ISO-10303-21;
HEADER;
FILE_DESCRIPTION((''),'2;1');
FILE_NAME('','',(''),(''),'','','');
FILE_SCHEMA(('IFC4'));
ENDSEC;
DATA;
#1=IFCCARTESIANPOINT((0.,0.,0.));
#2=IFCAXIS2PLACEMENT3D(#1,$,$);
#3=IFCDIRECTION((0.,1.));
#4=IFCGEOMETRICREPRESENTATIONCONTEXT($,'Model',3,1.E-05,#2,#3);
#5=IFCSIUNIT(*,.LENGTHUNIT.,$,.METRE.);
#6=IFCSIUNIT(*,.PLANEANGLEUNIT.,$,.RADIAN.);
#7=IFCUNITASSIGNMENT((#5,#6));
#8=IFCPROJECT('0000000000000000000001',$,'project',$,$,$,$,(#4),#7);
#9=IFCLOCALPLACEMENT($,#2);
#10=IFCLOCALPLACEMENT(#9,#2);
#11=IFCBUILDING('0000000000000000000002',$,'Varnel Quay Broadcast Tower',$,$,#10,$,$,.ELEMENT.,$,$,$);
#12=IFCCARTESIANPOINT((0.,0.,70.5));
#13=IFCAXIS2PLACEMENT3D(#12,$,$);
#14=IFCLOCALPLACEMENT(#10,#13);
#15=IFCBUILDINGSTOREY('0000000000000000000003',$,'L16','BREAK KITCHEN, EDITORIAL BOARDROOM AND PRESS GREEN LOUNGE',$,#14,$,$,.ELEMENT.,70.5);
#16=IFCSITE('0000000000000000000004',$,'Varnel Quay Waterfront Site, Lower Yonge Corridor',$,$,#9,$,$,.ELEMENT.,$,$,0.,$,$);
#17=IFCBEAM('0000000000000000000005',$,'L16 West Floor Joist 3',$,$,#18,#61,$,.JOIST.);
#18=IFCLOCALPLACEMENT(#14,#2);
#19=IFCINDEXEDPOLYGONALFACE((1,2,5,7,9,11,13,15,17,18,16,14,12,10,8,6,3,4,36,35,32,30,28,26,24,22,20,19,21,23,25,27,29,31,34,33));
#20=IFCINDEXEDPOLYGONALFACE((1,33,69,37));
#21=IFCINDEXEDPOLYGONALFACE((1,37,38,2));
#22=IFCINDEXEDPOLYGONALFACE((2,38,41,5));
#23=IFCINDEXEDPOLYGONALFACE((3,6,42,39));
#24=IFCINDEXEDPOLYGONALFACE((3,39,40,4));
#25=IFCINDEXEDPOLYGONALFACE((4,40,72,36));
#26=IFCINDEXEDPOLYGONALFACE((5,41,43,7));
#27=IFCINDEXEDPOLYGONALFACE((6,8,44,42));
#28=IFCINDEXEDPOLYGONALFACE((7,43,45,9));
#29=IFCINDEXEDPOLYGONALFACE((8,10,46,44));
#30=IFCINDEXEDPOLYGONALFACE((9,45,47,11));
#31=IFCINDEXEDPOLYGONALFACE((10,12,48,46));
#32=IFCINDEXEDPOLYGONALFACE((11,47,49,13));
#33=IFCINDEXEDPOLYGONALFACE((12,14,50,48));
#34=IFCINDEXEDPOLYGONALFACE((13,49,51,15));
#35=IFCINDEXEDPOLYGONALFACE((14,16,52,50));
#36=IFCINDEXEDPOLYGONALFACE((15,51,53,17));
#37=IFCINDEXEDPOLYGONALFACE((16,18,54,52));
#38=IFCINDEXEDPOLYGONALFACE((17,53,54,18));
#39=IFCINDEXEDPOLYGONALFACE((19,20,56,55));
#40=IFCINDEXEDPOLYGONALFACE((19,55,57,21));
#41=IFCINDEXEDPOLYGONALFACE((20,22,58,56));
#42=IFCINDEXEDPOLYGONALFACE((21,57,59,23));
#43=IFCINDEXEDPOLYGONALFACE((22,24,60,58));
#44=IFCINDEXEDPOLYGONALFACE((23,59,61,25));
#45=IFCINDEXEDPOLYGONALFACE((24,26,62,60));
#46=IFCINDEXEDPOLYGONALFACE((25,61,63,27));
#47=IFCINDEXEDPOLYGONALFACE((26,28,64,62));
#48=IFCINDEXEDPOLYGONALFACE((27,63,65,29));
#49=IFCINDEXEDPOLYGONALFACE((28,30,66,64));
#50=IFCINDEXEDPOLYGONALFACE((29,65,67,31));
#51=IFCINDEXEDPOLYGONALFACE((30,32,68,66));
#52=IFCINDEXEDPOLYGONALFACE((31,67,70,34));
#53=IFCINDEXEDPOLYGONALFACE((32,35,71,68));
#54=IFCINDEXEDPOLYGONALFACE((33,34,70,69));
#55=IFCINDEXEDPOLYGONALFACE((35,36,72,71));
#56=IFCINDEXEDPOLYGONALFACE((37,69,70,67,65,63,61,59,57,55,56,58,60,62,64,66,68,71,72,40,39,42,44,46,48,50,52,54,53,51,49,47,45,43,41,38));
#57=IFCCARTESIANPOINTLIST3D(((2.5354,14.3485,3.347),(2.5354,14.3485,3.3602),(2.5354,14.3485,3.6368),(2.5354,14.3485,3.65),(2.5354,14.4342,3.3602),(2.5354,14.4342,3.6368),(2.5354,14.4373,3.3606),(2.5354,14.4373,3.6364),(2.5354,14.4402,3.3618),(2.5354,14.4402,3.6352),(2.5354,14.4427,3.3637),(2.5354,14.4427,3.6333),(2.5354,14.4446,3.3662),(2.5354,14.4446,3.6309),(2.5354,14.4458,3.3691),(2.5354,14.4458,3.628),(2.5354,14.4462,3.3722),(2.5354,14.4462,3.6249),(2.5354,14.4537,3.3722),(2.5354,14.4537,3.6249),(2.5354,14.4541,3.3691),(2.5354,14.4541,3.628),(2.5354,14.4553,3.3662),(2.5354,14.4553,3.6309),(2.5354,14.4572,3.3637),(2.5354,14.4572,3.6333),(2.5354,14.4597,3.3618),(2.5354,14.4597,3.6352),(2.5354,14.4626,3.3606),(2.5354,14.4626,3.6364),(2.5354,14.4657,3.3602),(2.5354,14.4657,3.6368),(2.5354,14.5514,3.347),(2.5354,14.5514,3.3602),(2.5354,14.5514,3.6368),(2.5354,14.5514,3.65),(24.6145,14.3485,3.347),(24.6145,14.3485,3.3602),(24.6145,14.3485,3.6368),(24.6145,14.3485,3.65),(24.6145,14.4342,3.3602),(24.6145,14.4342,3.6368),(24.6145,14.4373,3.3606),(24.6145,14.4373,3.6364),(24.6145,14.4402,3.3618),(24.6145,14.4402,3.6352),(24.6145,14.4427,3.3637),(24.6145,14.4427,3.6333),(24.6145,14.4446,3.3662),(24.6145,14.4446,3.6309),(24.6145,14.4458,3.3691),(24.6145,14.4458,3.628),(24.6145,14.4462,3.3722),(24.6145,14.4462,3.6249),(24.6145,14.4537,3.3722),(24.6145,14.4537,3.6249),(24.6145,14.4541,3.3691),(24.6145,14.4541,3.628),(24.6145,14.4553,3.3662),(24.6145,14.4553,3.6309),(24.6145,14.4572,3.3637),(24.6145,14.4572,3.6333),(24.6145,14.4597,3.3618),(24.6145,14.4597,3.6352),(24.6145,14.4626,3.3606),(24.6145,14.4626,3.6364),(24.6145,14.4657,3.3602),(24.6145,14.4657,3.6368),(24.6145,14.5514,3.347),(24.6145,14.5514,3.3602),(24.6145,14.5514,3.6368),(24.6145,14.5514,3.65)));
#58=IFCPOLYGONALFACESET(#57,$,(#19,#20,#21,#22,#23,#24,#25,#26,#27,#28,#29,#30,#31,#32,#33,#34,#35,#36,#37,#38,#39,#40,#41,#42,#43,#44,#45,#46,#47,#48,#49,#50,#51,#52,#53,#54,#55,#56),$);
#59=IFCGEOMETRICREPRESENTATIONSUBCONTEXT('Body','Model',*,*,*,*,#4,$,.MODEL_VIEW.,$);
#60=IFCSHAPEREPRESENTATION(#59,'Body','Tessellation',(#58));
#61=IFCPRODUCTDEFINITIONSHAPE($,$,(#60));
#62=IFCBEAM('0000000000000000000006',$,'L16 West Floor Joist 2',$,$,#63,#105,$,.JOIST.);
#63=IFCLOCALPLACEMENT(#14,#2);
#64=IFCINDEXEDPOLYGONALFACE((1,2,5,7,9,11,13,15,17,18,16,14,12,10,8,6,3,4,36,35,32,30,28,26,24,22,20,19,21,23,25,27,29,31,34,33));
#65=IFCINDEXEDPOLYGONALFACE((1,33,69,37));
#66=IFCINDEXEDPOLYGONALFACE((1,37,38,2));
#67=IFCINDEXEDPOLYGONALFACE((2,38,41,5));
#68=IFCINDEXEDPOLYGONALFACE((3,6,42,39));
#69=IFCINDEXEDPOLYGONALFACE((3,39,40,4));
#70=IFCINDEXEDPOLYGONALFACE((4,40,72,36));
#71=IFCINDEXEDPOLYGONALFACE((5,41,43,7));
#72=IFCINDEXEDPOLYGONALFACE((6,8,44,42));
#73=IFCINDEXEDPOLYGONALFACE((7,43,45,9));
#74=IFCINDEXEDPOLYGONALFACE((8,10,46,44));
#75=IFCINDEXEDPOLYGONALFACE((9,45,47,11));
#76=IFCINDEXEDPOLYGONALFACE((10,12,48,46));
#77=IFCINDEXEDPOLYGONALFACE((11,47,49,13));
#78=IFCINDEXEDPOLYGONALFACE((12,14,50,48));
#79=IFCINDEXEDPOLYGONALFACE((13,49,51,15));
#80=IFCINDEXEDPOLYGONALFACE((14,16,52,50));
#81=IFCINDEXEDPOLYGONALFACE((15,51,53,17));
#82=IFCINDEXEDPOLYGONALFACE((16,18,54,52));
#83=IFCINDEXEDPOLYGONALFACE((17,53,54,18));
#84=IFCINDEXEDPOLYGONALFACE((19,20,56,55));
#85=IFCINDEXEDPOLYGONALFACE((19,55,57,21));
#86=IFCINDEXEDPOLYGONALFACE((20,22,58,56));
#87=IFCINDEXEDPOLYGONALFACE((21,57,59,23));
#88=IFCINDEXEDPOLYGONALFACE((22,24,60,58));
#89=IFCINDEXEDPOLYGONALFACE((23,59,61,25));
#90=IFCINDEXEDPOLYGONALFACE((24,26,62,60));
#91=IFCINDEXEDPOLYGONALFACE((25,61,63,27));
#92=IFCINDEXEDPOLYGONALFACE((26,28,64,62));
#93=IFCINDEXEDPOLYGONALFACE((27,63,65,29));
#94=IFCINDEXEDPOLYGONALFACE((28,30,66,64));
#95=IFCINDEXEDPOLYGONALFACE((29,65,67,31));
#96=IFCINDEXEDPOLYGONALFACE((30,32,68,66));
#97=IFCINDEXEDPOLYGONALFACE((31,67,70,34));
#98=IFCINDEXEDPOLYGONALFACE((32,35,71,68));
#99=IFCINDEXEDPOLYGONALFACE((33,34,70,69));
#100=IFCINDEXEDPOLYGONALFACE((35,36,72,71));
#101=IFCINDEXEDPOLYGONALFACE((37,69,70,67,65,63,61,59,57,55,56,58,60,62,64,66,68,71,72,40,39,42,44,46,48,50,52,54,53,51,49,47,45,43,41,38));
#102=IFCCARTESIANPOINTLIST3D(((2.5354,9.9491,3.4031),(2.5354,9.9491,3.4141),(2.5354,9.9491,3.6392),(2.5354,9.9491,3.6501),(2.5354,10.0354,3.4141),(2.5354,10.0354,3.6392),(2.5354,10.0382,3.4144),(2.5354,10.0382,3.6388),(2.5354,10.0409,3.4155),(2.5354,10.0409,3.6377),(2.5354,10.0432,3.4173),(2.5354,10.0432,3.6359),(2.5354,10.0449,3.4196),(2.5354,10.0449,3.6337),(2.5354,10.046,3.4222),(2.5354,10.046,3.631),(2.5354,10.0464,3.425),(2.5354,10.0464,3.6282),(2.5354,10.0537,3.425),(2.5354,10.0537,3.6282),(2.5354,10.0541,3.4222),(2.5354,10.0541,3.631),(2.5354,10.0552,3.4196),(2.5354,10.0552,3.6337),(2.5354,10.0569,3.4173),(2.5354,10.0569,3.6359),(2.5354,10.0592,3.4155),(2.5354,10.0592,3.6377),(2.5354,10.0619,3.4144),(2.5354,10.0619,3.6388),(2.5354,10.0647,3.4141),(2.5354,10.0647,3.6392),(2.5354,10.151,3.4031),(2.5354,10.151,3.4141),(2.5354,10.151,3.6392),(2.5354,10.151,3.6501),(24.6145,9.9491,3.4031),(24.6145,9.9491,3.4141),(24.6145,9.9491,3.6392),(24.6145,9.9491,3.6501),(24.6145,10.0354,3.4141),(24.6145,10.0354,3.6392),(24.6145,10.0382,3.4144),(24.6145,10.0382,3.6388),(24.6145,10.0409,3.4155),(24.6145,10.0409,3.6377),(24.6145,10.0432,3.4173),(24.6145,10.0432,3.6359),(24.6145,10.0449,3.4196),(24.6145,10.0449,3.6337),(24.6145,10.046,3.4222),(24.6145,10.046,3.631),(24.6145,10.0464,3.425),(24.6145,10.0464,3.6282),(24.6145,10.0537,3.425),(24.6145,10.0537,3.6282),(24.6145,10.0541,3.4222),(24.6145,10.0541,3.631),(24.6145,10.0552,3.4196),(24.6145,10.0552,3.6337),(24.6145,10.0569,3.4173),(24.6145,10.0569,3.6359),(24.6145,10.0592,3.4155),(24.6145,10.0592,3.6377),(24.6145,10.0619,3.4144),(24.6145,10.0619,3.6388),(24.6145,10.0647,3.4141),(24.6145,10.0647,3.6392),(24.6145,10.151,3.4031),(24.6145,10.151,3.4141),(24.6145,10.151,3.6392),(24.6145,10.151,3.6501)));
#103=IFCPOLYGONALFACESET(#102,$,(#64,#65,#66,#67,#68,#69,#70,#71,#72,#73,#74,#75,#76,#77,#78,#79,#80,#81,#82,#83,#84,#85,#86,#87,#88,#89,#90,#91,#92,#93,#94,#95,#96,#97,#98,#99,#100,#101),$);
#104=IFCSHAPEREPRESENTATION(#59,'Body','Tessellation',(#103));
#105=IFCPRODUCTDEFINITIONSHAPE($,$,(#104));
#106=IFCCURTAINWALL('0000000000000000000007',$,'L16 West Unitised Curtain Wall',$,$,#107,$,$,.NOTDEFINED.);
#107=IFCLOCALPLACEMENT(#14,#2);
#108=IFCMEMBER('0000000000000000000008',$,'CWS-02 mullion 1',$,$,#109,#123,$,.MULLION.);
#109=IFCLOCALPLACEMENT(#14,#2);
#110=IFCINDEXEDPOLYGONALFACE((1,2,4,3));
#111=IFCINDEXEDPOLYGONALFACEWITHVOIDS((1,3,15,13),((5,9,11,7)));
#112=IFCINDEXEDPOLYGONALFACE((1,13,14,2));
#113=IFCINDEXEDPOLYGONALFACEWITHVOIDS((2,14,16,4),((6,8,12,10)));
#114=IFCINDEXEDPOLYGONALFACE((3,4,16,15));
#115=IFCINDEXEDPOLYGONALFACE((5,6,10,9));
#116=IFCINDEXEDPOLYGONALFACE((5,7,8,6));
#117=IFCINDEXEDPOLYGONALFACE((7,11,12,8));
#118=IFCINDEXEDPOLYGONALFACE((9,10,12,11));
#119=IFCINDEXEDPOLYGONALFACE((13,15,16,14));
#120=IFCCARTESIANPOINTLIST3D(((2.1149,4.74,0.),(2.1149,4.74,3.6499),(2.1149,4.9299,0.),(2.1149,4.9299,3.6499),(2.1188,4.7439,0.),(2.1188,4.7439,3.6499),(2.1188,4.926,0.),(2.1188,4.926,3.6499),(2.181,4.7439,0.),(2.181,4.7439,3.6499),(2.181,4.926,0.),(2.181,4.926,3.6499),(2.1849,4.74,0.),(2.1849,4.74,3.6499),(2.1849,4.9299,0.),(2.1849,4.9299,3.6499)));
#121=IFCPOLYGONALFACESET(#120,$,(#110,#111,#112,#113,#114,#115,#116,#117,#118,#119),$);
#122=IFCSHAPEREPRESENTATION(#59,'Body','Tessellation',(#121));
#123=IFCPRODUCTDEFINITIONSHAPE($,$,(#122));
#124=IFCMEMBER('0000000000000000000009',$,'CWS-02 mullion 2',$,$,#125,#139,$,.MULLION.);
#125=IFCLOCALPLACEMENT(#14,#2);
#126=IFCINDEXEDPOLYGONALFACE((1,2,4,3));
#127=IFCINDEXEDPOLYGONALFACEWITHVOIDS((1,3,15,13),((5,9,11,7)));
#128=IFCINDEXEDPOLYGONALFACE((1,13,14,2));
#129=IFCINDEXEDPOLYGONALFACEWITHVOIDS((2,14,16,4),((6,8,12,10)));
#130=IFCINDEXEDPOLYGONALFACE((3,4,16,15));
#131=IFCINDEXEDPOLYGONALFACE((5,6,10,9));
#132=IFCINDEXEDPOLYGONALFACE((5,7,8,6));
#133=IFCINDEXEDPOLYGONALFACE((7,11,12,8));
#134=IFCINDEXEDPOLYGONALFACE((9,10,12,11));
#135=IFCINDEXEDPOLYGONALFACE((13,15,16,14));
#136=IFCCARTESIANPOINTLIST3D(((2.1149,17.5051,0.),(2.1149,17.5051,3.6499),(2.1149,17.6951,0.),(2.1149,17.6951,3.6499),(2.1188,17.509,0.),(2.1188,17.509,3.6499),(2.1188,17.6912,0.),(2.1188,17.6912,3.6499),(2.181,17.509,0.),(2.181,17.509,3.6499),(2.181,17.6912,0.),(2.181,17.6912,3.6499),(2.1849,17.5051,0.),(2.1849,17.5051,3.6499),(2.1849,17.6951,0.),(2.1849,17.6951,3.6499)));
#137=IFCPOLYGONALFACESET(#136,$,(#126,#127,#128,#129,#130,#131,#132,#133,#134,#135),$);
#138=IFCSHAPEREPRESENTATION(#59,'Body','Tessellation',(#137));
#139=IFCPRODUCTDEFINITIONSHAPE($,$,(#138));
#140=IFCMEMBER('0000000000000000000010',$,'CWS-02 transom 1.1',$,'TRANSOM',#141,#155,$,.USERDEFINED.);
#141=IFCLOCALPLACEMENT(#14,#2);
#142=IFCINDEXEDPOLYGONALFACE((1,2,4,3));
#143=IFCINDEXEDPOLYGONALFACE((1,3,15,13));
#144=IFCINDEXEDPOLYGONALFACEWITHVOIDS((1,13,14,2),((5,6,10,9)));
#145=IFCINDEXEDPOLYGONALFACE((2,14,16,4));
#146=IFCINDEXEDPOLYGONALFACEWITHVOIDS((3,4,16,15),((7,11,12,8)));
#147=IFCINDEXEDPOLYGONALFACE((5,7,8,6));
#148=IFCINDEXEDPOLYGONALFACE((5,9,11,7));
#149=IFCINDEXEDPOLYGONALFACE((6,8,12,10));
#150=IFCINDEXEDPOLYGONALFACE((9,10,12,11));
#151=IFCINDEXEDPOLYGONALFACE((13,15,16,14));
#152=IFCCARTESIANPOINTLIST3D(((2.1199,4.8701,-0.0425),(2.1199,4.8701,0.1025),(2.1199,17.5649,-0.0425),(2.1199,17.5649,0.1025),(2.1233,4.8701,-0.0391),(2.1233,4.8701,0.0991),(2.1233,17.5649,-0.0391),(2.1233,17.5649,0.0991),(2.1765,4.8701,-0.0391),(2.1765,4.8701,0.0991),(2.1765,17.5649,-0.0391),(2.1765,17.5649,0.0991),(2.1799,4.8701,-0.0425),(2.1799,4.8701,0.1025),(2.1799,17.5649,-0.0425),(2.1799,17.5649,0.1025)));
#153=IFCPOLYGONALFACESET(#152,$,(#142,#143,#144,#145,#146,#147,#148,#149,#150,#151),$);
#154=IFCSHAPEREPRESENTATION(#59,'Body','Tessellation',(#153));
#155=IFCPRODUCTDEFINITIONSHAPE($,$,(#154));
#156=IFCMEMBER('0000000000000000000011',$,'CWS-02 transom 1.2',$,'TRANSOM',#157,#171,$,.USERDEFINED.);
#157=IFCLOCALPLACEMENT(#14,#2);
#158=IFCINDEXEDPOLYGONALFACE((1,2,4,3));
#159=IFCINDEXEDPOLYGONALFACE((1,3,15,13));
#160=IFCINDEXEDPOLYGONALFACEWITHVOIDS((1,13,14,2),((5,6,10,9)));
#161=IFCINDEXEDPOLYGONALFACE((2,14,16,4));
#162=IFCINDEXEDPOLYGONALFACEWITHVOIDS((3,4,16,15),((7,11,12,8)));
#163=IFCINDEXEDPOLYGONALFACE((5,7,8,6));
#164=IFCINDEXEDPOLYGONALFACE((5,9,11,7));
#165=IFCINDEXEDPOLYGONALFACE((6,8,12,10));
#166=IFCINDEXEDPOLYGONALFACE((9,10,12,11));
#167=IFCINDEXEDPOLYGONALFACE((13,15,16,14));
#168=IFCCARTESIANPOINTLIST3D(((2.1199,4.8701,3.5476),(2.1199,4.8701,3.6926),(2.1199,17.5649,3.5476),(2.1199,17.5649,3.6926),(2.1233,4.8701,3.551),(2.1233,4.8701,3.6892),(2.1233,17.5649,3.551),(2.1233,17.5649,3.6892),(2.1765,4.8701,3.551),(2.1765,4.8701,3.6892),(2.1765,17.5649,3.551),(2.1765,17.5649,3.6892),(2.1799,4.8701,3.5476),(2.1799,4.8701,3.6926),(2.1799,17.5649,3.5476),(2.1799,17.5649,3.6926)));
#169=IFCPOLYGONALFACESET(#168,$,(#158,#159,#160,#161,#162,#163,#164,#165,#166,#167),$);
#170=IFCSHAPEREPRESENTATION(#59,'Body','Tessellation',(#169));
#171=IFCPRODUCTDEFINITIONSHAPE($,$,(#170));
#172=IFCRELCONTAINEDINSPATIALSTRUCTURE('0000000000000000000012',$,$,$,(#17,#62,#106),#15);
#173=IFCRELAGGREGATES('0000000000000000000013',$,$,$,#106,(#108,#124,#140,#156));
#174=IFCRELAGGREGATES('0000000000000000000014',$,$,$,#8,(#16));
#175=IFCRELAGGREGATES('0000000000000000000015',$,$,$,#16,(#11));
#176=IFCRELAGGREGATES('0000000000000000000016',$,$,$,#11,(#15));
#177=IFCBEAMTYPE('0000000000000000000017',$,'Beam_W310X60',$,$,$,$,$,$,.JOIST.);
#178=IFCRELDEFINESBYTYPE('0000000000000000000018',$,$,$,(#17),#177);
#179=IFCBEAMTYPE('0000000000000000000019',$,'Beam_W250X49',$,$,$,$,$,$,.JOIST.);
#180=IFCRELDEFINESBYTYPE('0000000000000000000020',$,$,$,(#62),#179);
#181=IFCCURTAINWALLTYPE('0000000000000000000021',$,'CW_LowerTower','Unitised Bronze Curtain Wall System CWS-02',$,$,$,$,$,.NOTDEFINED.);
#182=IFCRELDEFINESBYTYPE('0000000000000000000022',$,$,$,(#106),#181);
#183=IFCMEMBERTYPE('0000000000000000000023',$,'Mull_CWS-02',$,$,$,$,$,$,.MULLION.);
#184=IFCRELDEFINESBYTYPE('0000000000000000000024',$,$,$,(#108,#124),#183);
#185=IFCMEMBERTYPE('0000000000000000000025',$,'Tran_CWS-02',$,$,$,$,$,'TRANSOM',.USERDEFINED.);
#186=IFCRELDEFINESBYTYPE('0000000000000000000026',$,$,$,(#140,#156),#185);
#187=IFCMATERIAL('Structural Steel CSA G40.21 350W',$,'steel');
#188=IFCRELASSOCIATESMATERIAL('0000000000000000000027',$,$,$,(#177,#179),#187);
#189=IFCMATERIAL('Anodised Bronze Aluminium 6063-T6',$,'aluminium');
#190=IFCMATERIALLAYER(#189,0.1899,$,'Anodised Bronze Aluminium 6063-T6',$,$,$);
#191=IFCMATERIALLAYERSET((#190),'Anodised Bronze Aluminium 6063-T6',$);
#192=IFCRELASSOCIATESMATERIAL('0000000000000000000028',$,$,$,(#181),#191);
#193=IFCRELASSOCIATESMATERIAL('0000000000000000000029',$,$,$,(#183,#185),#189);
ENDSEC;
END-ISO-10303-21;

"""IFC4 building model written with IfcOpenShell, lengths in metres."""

from ifc_helpers import new_model, si_unit, direction, frame, origin, origin_2d, place, context, subcontext, project, spatial, hollow_rectangle, i_section, extrude, source, transform, mapped, material, layer, layer_set, material_profile, profile_set, type_object, type_shapes, element, aggregate, save


model = new_model("IFC4")

# Units and contexts
model_context = context("Model", 3, precision=1e-05, world=origin(), true_north=direction((0.0, 1.0)))
body_context = subcontext(model_context, "Body", "Model", "MODEL_VIEW")
ifc_project = project(units=[si_unit("LENGTHUNIT", "METRE"), si_unit("PLANEANGLEUNIT", "RADIAN")], contexts=[model_context])

# Site, building, storey
site_placement = place(None, origin())
site = spatial("IfcSite", under=ifc_project, at=site_placement, Name="Varnel Quay Waterfront Site, Lower Yonge Corridor", CompositionType="ELEMENT", RefElevation=0.0)
building_placement = place(site_placement, origin())
building = spatial("IfcBuilding", under=site, at=building_placement, Name="Varnel Quay Broadcast Tower", CompositionType="ELEMENT")
storey_placement = place(building_placement, frame((0.0, 0.0, 70.5)))
storey = spatial("IfcBuildingStorey", under=building, at=storey_placement, Name="L16", Description="BREAK KITCHEN, EDITORIAL BOARDROOM AND PRESS GREEN LOUNGE", CompositionType="ELEMENT", Elevation=70.5)

# Shared definitions
ifc_material_1 = material(Name="Structural Steel CSA G40.21 350W", Category="steel")

# Beams
ifc_material_profile_1 = material_profile(ifc_material_1, i_section(OverallWidth=0.2029, OverallDepth=0.303, WebThickness=0.0076, FlangeThickness=0.0132, FilletRadius=0.012, at=origin_2d()), Name="W310X60")
ifc_profile_set_1 = profile_set([ifc_material_profile_1], Name="Structural Steel CSA G40.21 350W")
beam_type_1 = type_object("IfcBeamType", Name="Beam_W310X60", PredefinedType="JOIST", material=ifc_profile_set_1)
shared_shape_1 = source(origin(), body_context, "Body", "SweptSolid", [
    extrude(i_section(OverallWidth=0.2029, OverallDepth=0.303, WebThickness=0.0076, FlangeThickness=0.0132, FilletRadius=0.012, at=origin_2d()), origin(), (0.0, 0.0, 1.0), 22.0791),
])
type_shapes(beam_type_1, [shared_shape_1])
for number, where, z_axis, x_axis, name in (
    (1, (2.5354, 14.45, 3.4985), (1.0, 0.0, 0.0), (0.0, 1.0, 0.0), "L16 West Floor Joist 3"),
):
    element("IfcBeam", number, at=place(storey_placement, frame(where, z_axis=z_axis, x_axis=x_axis)), inside=storey, type_object=beam_type_1, Name=name, PredefinedType="JOIST", context=body_context, shape_type="MappedRepresentation", body=[
        mapped(shared_shape_1, transform((0.0, 0.0, 0.0), x_axis=(1.0, 0.0, 0.0), y_axis=(0.0, 1.0, 0.0), z_axis=(0.0, 0.0, 1.0), scale=1.0)),
    ])
ifc_material_profile_2 = material_profile(ifc_material_1, i_section(OverallWidth=0.2019, OverallDepth=0.2471, WebThickness=0.0073, FlangeThickness=0.011, FilletRadius=0.011, at=origin_2d()), Name="W250X49")
ifc_profile_set_2 = profile_set([ifc_material_profile_2], Name="Structural Steel CSA G40.21 350W")
beam_type_2 = type_object("IfcBeamType", Name="Beam_W250X49", PredefinedType="JOIST", material=ifc_profile_set_2)
shared_shape_2 = source(origin(), body_context, "Body", "SweptSolid", [
    extrude(i_section(OverallWidth=0.2019, OverallDepth=0.2471, WebThickness=0.0073, FlangeThickness=0.011, FilletRadius=0.011, at=origin_2d()), origin(), (0.0, 0.0, 1.0), 22.0791),
])
type_shapes(beam_type_2, [shared_shape_2])
beam_1_placement = place(storey_placement, frame((2.5354, 10.05, 3.5266), z_axis=(1.0, 0.0, 0.0), x_axis=(0.0, 1.0, 0.0)))
element("IfcBeam", 2, at=beam_1_placement, inside=storey, type_object=beam_type_2, Name="L16 West Floor Joist 2", PredefinedType="JOIST", context=body_context, shape_type="MappedRepresentation", body=[
    mapped(shared_shape_2, transform((0.0, 0.0, 0.0), x_axis=(1.0, 0.0, 0.0), y_axis=(0.0, 1.0, 0.0), z_axis=(0.0, 0.0, 1.0), scale=1.0)),
])

# Curtain wall, members
ifc_material_2 = material(Name="Anodised Bronze Aluminium 6063-T6", Category="aluminium")
ifc_layer_1 = layer(ifc_material_2, 0.1899, Name="Anodised Bronze Aluminium 6063-T6")
ifc_layer_set_1 = layer_set([ifc_layer_1], Name="Anodised Bronze Aluminium 6063-T6")
curtain_wall_type_1 = type_object("IfcCurtainWallType", Name="CW_LowerTower", Description="Unitised Bronze Curtain Wall System CWS-02", PredefinedType="NOTDEFINED", material=ifc_layer_set_1)
curtain_wall_1_placement = place(storey_placement, origin())
curtain_wall_1 = element("IfcCurtainWall", 3, at=curtain_wall_1_placement, inside=storey, type_object=curtain_wall_type_1, Name="L16 West Unitised Curtain Wall", PredefinedType="NOTDEFINED")
ifc_material_profile_3 = material_profile(ifc_material_2, hollow_rectangle(XDim=0.0701, YDim=0.1899, WallThickness=0.0039, at=origin_2d()), Name="ALU70X190X4")
ifc_profile_set_3 = profile_set([ifc_material_profile_3], Name="Anodised Bronze Aluminium 6063-T6")
member_type_1 = type_object("IfcMemberType", Name="Mull_CWS-02", PredefinedType="MULLION", material=ifc_profile_set_3)
shared_shape_3 = source(origin(), body_context, "Body", "SweptSolid", [
    extrude(hollow_rectangle(XDim=0.0701, YDim=0.1899, WallThickness=0.0039, at=origin_2d()), origin(), (0.0, 0.0, 1.0), 3.6499),
])
type_shapes(member_type_1, [shared_shape_3])
member_1_placement = place(storey_placement, frame((2.1499, 4.835, 0.0), z_axis=(0.0, 0.0, 1.0), x_axis=(-1.0, 0.0, 0.0)))
member_1 = element("IfcMember", 4, at=member_1_placement, type_object=member_type_1, Name="CWS-02 mullion 1", PredefinedType="MULLION", context=body_context, shape_type="MappedRepresentation", body=[
    mapped(shared_shape_3, transform((0.0, 0.0, 0.0), x_axis=(1.0, 0.0, 0.0), y_axis=(0.0, 1.0, 0.0), z_axis=(0.0, 0.0, 1.0), scale=1.0)),
])
member_2_placement = place(storey_placement, frame((2.1499, 17.6001, 0.0), z_axis=(0.0, 0.0, 1.0), x_axis=(-1.0, 0.0, 0.0)))
member_2 = element("IfcMember", 5, at=member_2_placement, type_object=member_type_1, Name="CWS-02 mullion 2", PredefinedType="MULLION", context=body_context, shape_type="MappedRepresentation", body=[
    mapped(shared_shape_3, transform((0.0, 0.0, 0.0), x_axis=(1.0, 0.0, 0.0), y_axis=(0.0, 1.0, 0.0), z_axis=(0.0, 0.0, 1.0), scale=1.0)),
])
ifc_material_profile_4 = material_profile(ifc_material_2, hollow_rectangle(XDim=0.0601, YDim=0.145, WallThickness=0.0034, at=origin_2d()), Name="ALU60X145X3.5")
ifc_profile_set_4 = profile_set([ifc_material_profile_4], Name="Anodised Bronze Aluminium 6063-T6")
member_type_2 = type_object("IfcMemberType", Name="Tran_CWS-02", ElementType="TRANSOM", PredefinedType="USERDEFINED", material=ifc_profile_set_4)
shared_shape_4 = source(origin(), body_context, "Body", "SweptSolid", [
    extrude(hollow_rectangle(XDim=0.0601, YDim=0.145, WallThickness=0.0034, at=origin_2d()), origin(), (0.0, 0.0, 1.0), 12.6948),
])
type_shapes(member_type_2, [shared_shape_4])
member_3_placement = place(storey_placement, frame((2.1499, 4.8701, 0.03), z_axis=(0.0, 1.0, 0.0), x_axis=(-1.0, 0.0, 0.0)))
member_3 = element("IfcMember", 6, at=member_3_placement, type_object=member_type_2, Name="CWS-02 transom 1.1", ObjectType="TRANSOM", PredefinedType="USERDEFINED", context=body_context, shape_type="MappedRepresentation", body=[
    mapped(shared_shape_4, transform((0.0, 0.0, 0.0), x_axis=(1.0, 0.0, 0.0), y_axis=(0.0, 1.0, 0.0), z_axis=(0.0, 0.0, 1.0), scale=1.0)),
])
member_4_placement = place(storey_placement, frame((2.1499, 4.8701, 3.6201), z_axis=(0.0, 1.0, 0.0), x_axis=(-1.0, 0.0, 0.0)))
member_4 = element("IfcMember", 7, at=member_4_placement, type_object=member_type_2, Name="CWS-02 transom 1.2", ObjectType="TRANSOM", PredefinedType="USERDEFINED", context=body_context, shape_type="MappedRepresentation", body=[
    mapped(shared_shape_4, transform((0.0, 0.0, 0.0), x_axis=(1.0, 0.0, 0.0), y_axis=(0.0, 1.0, 0.0), z_axis=(0.0, 0.0, 1.0), scale=1.0)),
])

aggregate(curtain_wall_1, [member_1, member_2, member_3, member_4])

save(model, "model.ifc")
